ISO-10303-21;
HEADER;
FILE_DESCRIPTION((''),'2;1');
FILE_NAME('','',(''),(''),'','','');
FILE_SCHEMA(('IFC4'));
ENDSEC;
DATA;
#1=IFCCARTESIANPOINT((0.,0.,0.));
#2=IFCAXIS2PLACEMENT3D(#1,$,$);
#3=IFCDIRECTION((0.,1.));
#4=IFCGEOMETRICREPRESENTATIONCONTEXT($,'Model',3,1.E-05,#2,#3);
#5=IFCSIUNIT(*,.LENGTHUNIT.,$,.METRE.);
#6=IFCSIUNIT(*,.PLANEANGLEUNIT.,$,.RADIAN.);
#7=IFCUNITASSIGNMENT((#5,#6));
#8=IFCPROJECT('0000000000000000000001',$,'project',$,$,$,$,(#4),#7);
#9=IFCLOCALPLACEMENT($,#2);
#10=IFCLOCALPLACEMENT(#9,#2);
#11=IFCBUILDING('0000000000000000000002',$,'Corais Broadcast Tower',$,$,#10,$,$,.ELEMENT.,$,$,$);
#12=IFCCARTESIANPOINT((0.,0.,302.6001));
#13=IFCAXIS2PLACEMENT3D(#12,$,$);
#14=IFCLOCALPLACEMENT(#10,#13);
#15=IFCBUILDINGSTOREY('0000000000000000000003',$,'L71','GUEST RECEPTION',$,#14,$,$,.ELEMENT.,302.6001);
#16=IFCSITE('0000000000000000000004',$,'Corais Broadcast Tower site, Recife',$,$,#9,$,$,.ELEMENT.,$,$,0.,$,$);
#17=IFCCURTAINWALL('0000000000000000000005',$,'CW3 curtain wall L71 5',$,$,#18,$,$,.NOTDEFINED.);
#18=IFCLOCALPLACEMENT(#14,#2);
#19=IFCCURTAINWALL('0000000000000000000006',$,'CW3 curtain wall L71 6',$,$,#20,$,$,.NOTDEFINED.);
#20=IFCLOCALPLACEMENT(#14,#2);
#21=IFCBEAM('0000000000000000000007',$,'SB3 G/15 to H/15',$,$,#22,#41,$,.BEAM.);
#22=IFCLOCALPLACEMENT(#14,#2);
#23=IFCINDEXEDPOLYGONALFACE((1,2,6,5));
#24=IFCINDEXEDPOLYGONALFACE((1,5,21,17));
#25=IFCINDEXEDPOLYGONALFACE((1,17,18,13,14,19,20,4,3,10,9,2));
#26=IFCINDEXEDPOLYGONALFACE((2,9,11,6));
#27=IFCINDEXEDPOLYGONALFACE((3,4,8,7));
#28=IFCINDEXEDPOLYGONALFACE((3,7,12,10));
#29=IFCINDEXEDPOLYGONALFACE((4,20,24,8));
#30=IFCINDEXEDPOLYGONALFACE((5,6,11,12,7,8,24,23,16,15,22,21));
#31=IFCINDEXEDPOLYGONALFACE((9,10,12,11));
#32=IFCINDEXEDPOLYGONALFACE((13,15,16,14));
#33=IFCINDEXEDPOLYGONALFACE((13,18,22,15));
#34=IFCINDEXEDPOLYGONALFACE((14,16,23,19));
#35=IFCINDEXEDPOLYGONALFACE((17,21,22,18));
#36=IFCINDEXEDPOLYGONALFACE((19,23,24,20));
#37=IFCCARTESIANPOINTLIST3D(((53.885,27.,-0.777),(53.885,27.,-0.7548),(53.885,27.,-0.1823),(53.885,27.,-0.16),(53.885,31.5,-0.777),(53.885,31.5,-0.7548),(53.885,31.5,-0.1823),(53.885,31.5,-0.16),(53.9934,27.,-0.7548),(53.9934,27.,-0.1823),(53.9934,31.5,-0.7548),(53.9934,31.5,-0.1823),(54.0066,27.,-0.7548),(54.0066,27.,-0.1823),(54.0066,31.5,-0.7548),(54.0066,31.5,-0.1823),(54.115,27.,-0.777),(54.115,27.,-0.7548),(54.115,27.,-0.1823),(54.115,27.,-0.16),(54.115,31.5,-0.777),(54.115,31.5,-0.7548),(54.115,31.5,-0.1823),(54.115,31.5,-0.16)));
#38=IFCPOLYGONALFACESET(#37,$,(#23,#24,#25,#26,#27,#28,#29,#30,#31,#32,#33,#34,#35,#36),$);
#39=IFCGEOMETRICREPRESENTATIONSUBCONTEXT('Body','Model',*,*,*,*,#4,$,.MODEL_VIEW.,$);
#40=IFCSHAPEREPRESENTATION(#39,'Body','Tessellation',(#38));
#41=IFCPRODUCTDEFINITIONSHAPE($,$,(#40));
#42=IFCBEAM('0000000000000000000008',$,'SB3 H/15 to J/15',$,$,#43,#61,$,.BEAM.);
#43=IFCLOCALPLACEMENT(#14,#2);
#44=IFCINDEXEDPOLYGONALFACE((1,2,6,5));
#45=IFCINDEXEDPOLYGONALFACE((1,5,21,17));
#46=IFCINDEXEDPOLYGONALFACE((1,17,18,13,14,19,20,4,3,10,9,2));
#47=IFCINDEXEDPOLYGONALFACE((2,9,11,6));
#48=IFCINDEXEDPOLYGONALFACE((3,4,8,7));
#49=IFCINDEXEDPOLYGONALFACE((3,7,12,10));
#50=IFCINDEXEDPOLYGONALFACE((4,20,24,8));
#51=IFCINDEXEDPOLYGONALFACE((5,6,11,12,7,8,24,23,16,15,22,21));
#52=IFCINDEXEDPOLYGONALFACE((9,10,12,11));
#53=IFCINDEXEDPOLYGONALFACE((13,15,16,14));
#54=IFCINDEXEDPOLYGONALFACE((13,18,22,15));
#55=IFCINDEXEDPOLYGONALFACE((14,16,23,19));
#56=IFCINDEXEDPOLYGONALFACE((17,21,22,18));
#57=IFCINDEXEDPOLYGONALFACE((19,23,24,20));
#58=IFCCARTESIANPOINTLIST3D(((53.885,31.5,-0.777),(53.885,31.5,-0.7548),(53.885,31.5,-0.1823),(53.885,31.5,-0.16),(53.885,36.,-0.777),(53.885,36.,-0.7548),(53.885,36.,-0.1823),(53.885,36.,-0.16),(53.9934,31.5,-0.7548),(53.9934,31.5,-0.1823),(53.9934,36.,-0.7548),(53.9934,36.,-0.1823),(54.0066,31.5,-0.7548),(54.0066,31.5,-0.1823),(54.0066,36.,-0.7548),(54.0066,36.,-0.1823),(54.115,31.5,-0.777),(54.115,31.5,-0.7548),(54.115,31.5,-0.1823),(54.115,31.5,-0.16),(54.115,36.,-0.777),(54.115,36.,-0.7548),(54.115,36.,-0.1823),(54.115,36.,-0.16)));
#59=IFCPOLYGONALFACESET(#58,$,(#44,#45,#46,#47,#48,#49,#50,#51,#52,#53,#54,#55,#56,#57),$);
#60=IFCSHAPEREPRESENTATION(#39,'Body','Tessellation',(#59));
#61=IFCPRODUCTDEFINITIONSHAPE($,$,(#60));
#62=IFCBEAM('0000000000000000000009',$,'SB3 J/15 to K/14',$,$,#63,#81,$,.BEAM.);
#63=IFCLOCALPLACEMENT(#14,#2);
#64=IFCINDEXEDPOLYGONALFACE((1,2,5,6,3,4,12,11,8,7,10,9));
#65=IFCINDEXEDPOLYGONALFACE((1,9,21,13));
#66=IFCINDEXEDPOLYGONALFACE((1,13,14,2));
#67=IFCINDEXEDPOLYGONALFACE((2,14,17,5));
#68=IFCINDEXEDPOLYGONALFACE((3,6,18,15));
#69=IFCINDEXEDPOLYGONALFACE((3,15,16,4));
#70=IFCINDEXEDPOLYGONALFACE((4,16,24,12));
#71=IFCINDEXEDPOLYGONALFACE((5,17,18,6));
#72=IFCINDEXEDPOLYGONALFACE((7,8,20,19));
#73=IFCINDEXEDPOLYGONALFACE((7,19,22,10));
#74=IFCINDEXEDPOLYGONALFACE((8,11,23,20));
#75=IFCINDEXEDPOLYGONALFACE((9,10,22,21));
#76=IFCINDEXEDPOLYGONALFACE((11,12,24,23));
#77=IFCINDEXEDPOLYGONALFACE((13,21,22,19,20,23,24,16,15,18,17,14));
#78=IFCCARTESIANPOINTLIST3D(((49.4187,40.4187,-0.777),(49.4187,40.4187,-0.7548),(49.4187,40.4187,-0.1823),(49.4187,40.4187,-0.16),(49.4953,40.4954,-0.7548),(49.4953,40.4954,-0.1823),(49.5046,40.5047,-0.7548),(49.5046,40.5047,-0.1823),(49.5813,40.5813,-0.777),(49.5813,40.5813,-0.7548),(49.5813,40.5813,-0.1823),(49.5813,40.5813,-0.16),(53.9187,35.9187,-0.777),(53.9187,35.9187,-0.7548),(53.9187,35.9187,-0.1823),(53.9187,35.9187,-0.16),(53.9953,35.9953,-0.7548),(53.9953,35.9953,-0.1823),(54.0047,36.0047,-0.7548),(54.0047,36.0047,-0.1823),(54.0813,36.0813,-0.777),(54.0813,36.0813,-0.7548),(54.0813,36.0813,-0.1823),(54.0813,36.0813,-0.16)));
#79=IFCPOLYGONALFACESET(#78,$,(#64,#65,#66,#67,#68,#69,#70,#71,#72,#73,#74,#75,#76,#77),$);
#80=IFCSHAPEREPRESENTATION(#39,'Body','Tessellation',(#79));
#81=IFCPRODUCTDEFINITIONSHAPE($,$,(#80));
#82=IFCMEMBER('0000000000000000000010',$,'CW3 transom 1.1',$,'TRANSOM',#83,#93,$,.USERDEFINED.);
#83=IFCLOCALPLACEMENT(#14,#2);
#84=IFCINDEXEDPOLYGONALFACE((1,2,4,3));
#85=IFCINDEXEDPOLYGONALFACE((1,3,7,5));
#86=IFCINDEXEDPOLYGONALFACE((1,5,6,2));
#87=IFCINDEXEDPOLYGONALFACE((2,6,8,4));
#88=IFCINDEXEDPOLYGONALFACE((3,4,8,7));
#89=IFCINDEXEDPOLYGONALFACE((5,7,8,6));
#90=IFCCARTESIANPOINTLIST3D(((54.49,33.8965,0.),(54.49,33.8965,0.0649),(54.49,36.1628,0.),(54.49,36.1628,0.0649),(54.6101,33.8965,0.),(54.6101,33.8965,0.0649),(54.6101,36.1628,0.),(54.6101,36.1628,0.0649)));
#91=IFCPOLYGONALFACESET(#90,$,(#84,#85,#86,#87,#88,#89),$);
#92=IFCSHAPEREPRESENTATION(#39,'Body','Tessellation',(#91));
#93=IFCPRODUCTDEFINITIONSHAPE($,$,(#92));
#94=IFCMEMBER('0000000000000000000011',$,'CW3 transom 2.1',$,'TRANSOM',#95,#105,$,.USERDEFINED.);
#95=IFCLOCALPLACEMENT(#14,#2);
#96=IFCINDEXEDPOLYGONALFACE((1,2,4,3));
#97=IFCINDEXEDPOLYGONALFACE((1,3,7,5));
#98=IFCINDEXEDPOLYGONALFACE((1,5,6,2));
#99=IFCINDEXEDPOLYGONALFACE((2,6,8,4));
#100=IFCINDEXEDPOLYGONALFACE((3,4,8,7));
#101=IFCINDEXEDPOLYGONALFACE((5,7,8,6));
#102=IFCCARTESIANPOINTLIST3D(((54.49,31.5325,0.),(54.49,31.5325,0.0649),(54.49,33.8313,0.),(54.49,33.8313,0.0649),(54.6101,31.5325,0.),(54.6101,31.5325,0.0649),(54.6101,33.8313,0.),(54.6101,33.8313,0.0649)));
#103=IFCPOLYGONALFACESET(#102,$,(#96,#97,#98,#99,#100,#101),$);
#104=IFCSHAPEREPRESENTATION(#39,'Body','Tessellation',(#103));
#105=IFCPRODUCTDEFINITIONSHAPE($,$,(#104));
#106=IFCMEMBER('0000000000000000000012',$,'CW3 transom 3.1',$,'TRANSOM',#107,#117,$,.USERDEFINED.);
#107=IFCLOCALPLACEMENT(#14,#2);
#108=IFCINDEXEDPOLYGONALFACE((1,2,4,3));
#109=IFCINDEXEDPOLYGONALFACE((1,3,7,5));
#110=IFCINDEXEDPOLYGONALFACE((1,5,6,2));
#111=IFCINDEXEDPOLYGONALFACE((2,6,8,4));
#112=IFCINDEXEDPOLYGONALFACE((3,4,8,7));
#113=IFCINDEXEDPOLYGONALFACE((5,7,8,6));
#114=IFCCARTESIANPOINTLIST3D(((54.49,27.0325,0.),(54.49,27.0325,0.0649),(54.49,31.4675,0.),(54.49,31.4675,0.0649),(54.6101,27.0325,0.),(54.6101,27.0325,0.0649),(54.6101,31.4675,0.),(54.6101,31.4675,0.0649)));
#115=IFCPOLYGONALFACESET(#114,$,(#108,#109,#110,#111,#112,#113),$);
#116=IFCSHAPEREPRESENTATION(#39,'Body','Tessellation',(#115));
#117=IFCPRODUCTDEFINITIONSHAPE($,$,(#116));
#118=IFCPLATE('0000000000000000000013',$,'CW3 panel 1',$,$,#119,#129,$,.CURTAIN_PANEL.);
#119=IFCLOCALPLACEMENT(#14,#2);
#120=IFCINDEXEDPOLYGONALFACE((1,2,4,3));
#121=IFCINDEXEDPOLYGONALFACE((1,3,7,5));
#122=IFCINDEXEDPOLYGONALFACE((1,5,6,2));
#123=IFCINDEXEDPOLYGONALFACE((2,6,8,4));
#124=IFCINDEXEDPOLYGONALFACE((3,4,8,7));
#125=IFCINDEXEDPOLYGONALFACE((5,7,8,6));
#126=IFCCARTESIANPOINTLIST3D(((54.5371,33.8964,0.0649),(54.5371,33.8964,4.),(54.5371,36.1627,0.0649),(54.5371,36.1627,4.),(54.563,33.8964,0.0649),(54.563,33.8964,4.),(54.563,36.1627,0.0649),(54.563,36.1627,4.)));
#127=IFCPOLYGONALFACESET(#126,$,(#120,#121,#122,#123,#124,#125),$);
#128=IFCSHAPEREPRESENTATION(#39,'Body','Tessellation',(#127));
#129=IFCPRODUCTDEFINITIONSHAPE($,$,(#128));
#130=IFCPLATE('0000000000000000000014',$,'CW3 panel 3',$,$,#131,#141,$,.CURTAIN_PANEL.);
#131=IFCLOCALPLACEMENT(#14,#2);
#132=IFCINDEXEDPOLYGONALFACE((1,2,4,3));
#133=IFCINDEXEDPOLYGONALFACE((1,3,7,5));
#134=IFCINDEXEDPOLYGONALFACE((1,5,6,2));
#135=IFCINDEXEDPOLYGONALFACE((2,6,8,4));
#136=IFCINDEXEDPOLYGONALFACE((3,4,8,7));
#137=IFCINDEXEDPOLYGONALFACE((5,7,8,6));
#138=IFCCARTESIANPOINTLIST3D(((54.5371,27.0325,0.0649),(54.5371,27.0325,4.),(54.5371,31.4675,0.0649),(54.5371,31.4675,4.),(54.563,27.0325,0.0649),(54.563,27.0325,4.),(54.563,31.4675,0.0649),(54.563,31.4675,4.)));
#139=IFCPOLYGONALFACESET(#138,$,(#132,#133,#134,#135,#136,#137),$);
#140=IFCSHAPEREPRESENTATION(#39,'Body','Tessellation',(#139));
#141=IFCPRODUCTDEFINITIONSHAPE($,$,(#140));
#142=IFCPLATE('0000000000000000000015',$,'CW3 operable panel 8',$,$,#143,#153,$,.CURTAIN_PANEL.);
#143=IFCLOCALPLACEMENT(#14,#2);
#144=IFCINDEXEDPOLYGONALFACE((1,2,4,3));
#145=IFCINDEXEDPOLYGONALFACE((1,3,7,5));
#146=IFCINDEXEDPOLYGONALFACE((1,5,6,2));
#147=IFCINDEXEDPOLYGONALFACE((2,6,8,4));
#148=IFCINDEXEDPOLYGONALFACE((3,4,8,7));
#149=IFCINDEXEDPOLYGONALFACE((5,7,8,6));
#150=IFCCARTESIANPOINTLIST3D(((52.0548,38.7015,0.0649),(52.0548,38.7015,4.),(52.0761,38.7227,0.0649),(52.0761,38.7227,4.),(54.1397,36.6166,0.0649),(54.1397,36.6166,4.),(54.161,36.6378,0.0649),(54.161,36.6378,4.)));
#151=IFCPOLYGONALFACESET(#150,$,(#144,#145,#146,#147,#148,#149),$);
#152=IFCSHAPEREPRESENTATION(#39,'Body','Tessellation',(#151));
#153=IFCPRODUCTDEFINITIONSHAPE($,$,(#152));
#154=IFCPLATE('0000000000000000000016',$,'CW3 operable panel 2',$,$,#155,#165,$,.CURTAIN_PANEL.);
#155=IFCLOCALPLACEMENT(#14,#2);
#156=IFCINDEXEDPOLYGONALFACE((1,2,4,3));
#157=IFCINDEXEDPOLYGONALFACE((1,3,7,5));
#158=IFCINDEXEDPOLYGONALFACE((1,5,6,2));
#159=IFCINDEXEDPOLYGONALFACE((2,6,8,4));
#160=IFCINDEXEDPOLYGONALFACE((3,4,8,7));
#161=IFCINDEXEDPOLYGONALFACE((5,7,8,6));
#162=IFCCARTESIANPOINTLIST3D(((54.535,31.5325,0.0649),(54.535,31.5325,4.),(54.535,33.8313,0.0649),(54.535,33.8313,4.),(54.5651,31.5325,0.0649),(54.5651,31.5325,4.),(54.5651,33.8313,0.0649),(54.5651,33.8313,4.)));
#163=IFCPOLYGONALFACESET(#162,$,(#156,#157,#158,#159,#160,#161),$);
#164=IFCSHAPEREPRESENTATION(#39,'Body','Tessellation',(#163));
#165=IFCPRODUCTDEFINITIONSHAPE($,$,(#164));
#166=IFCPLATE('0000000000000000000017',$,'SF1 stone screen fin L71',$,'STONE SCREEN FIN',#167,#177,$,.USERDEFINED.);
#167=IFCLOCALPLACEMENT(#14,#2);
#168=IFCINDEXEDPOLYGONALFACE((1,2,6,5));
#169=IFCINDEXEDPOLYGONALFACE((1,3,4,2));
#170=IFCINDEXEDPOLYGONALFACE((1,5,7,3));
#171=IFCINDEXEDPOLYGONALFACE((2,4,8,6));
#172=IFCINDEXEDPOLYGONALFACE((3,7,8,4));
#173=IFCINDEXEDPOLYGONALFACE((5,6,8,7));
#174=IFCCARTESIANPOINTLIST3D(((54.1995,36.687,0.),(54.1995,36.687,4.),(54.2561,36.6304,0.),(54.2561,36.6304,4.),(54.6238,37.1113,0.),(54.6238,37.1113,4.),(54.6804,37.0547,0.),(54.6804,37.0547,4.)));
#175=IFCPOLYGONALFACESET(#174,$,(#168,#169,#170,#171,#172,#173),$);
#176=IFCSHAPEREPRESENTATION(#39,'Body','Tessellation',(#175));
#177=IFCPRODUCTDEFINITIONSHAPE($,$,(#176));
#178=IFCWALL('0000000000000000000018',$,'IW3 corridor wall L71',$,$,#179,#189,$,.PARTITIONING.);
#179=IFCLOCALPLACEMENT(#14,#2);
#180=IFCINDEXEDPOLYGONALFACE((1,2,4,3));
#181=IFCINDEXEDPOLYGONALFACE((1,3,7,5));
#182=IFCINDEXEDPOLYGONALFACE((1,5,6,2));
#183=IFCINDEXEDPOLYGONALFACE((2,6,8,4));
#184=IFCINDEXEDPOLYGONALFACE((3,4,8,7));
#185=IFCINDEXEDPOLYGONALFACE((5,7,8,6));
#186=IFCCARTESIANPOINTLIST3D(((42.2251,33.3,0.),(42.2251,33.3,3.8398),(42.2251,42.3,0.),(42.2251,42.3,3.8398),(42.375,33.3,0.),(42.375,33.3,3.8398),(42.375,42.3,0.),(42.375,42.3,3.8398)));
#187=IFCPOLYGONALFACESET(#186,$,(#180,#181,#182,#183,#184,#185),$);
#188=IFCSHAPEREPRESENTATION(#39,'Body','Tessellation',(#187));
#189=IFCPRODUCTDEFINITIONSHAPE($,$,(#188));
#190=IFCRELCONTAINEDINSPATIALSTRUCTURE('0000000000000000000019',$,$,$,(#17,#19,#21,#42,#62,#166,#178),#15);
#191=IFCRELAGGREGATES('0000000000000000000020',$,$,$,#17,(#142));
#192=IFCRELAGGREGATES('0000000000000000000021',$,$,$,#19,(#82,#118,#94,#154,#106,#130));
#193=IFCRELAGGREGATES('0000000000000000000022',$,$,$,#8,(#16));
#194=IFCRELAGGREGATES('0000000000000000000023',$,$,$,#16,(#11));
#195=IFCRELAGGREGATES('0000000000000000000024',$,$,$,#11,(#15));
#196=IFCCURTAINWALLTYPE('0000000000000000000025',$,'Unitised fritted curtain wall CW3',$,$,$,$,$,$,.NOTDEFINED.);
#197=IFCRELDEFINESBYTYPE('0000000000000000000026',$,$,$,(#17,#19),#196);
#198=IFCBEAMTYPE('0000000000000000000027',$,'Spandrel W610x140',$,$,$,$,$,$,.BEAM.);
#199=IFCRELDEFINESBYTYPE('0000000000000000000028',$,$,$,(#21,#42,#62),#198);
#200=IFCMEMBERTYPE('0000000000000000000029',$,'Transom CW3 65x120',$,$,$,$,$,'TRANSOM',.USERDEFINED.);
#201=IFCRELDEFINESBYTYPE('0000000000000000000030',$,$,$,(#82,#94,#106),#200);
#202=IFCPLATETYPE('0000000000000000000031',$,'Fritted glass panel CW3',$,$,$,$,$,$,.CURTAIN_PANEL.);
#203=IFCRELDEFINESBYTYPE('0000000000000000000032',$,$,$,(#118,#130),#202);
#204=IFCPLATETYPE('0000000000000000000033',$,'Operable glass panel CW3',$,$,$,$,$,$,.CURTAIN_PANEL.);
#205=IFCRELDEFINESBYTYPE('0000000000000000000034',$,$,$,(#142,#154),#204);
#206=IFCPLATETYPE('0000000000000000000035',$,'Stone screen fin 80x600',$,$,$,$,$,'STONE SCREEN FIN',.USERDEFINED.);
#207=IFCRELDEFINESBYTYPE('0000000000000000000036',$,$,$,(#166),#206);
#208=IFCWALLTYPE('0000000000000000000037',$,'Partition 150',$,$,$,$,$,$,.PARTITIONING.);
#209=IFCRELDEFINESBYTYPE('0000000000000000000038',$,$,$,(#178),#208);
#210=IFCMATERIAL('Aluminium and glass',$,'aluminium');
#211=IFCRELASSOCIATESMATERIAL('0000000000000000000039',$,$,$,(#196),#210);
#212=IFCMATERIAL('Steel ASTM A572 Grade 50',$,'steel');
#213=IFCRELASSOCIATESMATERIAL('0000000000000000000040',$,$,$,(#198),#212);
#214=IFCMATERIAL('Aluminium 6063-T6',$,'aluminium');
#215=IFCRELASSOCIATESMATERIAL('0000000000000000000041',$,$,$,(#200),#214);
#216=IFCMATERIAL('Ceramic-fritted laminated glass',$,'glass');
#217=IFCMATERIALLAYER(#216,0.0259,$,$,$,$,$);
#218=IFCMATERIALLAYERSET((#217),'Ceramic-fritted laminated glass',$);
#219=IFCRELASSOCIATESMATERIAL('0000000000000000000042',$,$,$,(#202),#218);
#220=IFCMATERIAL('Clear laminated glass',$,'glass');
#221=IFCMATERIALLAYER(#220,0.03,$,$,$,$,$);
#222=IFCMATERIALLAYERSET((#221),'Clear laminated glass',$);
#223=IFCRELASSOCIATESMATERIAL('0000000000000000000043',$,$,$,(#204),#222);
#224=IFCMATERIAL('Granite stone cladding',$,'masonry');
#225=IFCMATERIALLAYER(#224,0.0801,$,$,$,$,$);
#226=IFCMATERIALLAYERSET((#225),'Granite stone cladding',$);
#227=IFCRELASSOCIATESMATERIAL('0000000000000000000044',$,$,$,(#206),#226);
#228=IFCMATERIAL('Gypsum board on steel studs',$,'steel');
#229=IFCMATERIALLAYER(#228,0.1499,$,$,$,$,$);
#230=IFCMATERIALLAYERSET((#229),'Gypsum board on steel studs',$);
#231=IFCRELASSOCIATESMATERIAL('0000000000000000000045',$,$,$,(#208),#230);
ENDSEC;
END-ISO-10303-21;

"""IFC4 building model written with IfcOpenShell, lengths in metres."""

from ifc_helpers import new_model, si_unit, direction, frame, frame_2d, origin, origin_2d, place, context, subcontext, project, spatial, rectangle, i_section, extrude, material, layer, layer_set, material_profile, profile_set, type_object, element, aggregate, save


model = new_model("IFC4")

# Units and contexts
model_context = context("Model", 3, precision=1e-05, world=origin(), true_north=direction((0.0, 1.0)))
body_context = subcontext(model_context, "Body", "Model", "MODEL_VIEW")
ifc_project = project(units=[si_unit("LENGTHUNIT", "METRE"), si_unit("PLANEANGLEUNIT", "RADIAN")], contexts=[model_context])

# Site, building, storey
site_placement = place(None, origin())
site = spatial("IfcSite", under=ifc_project, at=site_placement, Name="Corais Broadcast Tower site, Recife", CompositionType="ELEMENT", RefElevation=0.0)
building_placement = place(site_placement, origin())
building = spatial("IfcBuilding", under=site, at=building_placement, Name="Corais Broadcast Tower", CompositionType="ELEMENT")
storey_placement = place(building_placement, frame((0.0, 0.0, 302.6001)))
storey = spatial("IfcBuildingStorey", under=building, at=storey_placement, Name="L71", Description="GUEST RECEPTION", CompositionType="ELEMENT", Elevation=302.6001)

# Curtain wall
ifc_material_1 = material(Name="Aluminium and glass", Category="aluminium")
curtain_wall_type = type_object("IfcCurtainWallType", Name="Unitised fritted curtain wall CW3", PredefinedType="NOTDEFINED", material=ifc_material_1)
curtain_wall_1_placement = place(storey_placement, origin())
curtain_wall_1 = element("IfcCurtainWall", 1, at=curtain_wall_1_placement, inside=storey, type_object=curtain_wall_type, Name="CW3 curtain wall L71 5", PredefinedType="NOTDEFINED")

# Curtain wall
curtain_wall_2_placement = place(storey_placement, origin())
curtain_wall_2 = element("IfcCurtainWall", 2, at=curtain_wall_2_placement, inside=storey, type_object=curtain_wall_type, Name="CW3 curtain wall L71 6", PredefinedType="NOTDEFINED")

# Beams
ifc_material_2 = material(Name="Steel ASTM A572 Grade 50", Category="steel")
ifc_material_profile_1 = material_profile(ifc_material_2, i_section(OverallWidth=0.23, OverallDepth=0.6169, WebThickness=0.0132, FlangeThickness=0.0222, at=origin_2d()), Name="W610x140")
ifc_profile_set_1 = profile_set([ifc_material_profile_1], Name="Steel ASTM A572 Grade 50")
beam_type_1 = type_object("IfcBeamType", Name="Spandrel W610x140", PredefinedType="BEAM", material=ifc_profile_set_1)
for number, where, z_axis, x_axis, name in (
    (3, (54.0, 27.0, -0.4685), (0.0, 1.0, 0.0), (-1.0, 0.0, 0.0), "SB3 G/15 to H/15"),
    (4, (54.0, 31.5, -0.4685), (0.0, 1.0, 0.0), (-1.0, 0.0, 0.0), "SB3 H/15 to J/15"),
):
    element("IfcBeam", number, at=place(storey_placement, frame(where, z_axis=z_axis, x_axis=x_axis)), inside=storey, type_object=beam_type_1, Name=name, PredefinedType="BEAM", context=body_context, shape_type="SweptSolid", body=[
        extrude(i_section(OverallWidth=0.23, OverallDepth=0.6169, WebThickness=0.0132, FlangeThickness=0.0222, at=origin_2d()), origin(), (0.0, 0.0, 1.0), 4.5),
    ])
beam_placement = place(storey_placement, frame((54.0, 36.0, -0.4685), z_axis=(-0.707107, 0.707107, 0.0), x_axis=(-0.707107, -0.707107, 0.0)))
element("IfcBeam", 5, at=beam_placement, inside=storey, type_object=beam_type_1, Name="SB3 J/15 to K/14", PredefinedType="BEAM", context=body_context, shape_type="SweptSolid", body=[
    extrude(i_section(OverallWidth=0.23, OverallDepth=0.6169, WebThickness=0.0132, FlangeThickness=0.0222, at=origin_2d()), origin(), (0.0, 0.0, 1.0), 6.364),
])

# Members
ifc_material_3 = material(Name="Aluminium 6063-T6", Category="aluminium")
ifc_material_profile_2 = material_profile(ifc_material_3, rectangle(XDim=0.1201, YDim=0.0649, at=origin_2d()), Name="Transom CW3 65x120")
ifc_profile_set_2 = profile_set([ifc_material_profile_2], Name="Aluminium 6063-T6")
member_type_1 = type_object("IfcMemberType", Name="Transom CW3 65x120", ElementType="TRANSOM", PredefinedType="USERDEFINED", material=ifc_profile_set_2)
member_1_placement = place(storey_placement, frame((54.55, 36.1628, 0.0325), z_axis=(0.0, -1.0, 0.0), x_axis=(1.0, 0.0, 0.0)))
member_1 = element("IfcMember", 6, at=member_1_placement, type_object=member_type_1, Name="CW3 transom 1.1", ObjectType="TRANSOM", PredefinedType="USERDEFINED", context=body_context, shape_type="SweptSolid", body=[
    extrude(rectangle(XDim=0.1201, YDim=0.0649, at=origin_2d()), origin(), (0.0, 0.0, 1.0), 2.2664),
])
member_2_placement = place(storey_placement, frame((54.55, 33.8313, 0.0325), z_axis=(0.0, -1.0, 0.0), x_axis=(1.0, 0.0, 0.0)))
member_2 = element("IfcMember", 7, at=member_2_placement, type_object=member_type_1, Name="CW3 transom 2.1", ObjectType="TRANSOM", PredefinedType="USERDEFINED", context=body_context, shape_type="SweptSolid", body=[
    extrude(rectangle(XDim=0.1201, YDim=0.0649, at=origin_2d()), origin(), (0.0, 0.0, 1.0), 2.2988),
])
member_3_placement = place(storey_placement, frame((54.55, 31.4675, 0.0325), z_axis=(0.0, -1.0, 0.0), x_axis=(1.0, 0.0, 0.0)))
member_3 = element("IfcMember", 8, at=member_3_placement, type_object=member_type_1, Name="CW3 transom 3.1", ObjectType="TRANSOM", PredefinedType="USERDEFINED", context=body_context, shape_type="SweptSolid", body=[
    extrude(rectangle(XDim=0.1201, YDim=0.0649, at=origin_2d()), origin(), (0.0, 0.0, 1.0), 4.4351),
])

# Plates
ifc_material_4 = material(Name="Ceramic-fritted laminated glass", Category="glass")
ifc_layer_1 = layer(ifc_material_4, 0.0259)
ifc_layer_set_1 = layer_set([ifc_layer_1], Name="Ceramic-fritted laminated glass")
plate_type_1 = type_object("IfcPlateType", Name="Fritted glass panel CW3", PredefinedType="CURTAIN_PANEL", material=ifc_layer_set_1)
plate_1_placement = place(storey_placement, frame((54.55, 35.0295, 0.0649), z_axis=(0.0, 0.0, 1.0), x_axis=(0.0, -1.0, 0.0)))
plate_1 = element("IfcPlate", 9, at=plate_1_placement, type_object=plate_type_1, Name="CW3 panel 1", PredefinedType="CURTAIN_PANEL", context=body_context, shape_type="SweptSolid", body=[
    extrude(rectangle(XDim=2.2664, YDim=0.0259, at=origin_2d()), origin(), (0.0, 0.0, 1.0), 3.9351),
])
plate_2_placement = place(storey_placement, frame((54.55, 29.25, 0.0649), z_axis=(0.0, 0.0, 1.0), x_axis=(0.0, -1.0, 0.0)))
plate_2 = element("IfcPlate", 10, at=plate_2_placement, type_object=plate_type_1, Name="CW3 panel 3", PredefinedType="CURTAIN_PANEL", context=body_context, shape_type="SweptSolid", body=[
    extrude(rectangle(XDim=4.4351, YDim=0.0259, at=origin_2d()), origin(), (0.0, 0.0, 1.0), 3.9351),
])
ifc_material_5 = material(Name="Clear laminated glass", Category="glass")
ifc_layer_2 = layer(ifc_material_5, 0.03)
ifc_layer_set_2 = layer_set([ifc_layer_2], Name="Clear laminated glass")
plate_type_2 = type_object("IfcPlateType", Name="Operable glass panel CW3", PredefinedType="CURTAIN_PANEL", material=ifc_layer_set_2)
plate_3_placement = place(storey_placement, frame((53.1079, 37.6697, 0.0649), z_axis=(0.0, 0.0, 1.0), x_axis=(0.707107, -0.707107, 0.0)))
plate_3 = element("IfcPlate", 11, at=plate_3_placement, type_object=plate_type_2, Name="CW3 operable panel 8", PredefinedType="CURTAIN_PANEL", context=body_context, shape_type="SweptSolid", body=[
    extrude(rectangle(XDim=2.9485, YDim=0.03, at=origin_2d()), origin(), (0.0, 0.0, 1.0), 3.9351),
])
aggregate(curtain_wall_1, [plate_3])
plate_4_placement = place(storey_placement, frame((54.55, 32.6819, 0.0649), z_axis=(0.0, 0.0, 1.0), x_axis=(0.0, -1.0, 0.0)))
plate_4 = element("IfcPlate", 12, at=plate_4_placement, type_object=plate_type_2, Name="CW3 operable panel 2", PredefinedType="CURTAIN_PANEL", context=body_context, shape_type="SweptSolid", body=[
    extrude(rectangle(XDim=2.2988, YDim=0.03, at=origin_2d()), origin(), (0.0, 0.0, 1.0), 3.9351),
])
aggregate(curtain_wall_2, [member_1, plate_1, member_2, plate_4, member_3, plate_2])
ifc_material_6 = material(Name="Granite stone cladding", Category="masonry")
ifc_layer_3 = layer(ifc_material_6, 0.0801)
ifc_layer_set_3 = layer_set([ifc_layer_3], Name="Granite stone cladding")
plate_type_3 = type_object("IfcPlateType", Name="Stone screen fin 80x600", ElementType="STONE SCREEN FIN", PredefinedType="USERDEFINED", material=ifc_layer_set_3)
plate_5_placement = place(storey_placement, frame((54.4399, 36.8708, 0.0), z_axis=(0.0, 0.0, 1.0), x_axis=(0.707107, -0.707107, 0.0)))
element("IfcPlate", 13, at=plate_5_placement, inside=storey, type_object=plate_type_3, Name="SF1 stone screen fin L71", ObjectType="STONE SCREEN FIN", PredefinedType="USERDEFINED", context=body_context, shape_type="SweptSolid", body=[
    extrude(rectangle(XDim=0.0801, YDim=0.6001, at=origin_2d()), origin(), (0.0, 0.0, 1.0), 4.0),
])

# Wall
ifc_material_7 = material(Name="Gypsum board on steel studs", Category="steel")
ifc_layer_4 = layer(ifc_material_7, 0.1499)
ifc_layer_set_4 = layer_set([ifc_layer_4], Name="Gypsum board on steel studs")
wall_type = type_object("IfcWallType", Name="Partition 150", PredefinedType="PARTITIONING", material=ifc_layer_set_4)
wall_1_placement = place(storey_placement, frame((42.3, 33.3, 0.0), z_axis=(0.0, 0.0, 1.0), x_axis=(0.0, 1.0, 0.0)))
element("IfcWall", 14, at=wall_1_placement, inside=storey, type_object=wall_type, Name="IW3 corridor wall L71", PredefinedType="PARTITIONING", context=body_context, shape_type="SweptSolid", body=[
    extrude(rectangle(XDim=9.0, YDim=0.1499, at=frame_2d((4.5, 0.0))), origin(), (0.0, 0.0, 1.0), 3.8398),
])

save(model, "model.ifc")
